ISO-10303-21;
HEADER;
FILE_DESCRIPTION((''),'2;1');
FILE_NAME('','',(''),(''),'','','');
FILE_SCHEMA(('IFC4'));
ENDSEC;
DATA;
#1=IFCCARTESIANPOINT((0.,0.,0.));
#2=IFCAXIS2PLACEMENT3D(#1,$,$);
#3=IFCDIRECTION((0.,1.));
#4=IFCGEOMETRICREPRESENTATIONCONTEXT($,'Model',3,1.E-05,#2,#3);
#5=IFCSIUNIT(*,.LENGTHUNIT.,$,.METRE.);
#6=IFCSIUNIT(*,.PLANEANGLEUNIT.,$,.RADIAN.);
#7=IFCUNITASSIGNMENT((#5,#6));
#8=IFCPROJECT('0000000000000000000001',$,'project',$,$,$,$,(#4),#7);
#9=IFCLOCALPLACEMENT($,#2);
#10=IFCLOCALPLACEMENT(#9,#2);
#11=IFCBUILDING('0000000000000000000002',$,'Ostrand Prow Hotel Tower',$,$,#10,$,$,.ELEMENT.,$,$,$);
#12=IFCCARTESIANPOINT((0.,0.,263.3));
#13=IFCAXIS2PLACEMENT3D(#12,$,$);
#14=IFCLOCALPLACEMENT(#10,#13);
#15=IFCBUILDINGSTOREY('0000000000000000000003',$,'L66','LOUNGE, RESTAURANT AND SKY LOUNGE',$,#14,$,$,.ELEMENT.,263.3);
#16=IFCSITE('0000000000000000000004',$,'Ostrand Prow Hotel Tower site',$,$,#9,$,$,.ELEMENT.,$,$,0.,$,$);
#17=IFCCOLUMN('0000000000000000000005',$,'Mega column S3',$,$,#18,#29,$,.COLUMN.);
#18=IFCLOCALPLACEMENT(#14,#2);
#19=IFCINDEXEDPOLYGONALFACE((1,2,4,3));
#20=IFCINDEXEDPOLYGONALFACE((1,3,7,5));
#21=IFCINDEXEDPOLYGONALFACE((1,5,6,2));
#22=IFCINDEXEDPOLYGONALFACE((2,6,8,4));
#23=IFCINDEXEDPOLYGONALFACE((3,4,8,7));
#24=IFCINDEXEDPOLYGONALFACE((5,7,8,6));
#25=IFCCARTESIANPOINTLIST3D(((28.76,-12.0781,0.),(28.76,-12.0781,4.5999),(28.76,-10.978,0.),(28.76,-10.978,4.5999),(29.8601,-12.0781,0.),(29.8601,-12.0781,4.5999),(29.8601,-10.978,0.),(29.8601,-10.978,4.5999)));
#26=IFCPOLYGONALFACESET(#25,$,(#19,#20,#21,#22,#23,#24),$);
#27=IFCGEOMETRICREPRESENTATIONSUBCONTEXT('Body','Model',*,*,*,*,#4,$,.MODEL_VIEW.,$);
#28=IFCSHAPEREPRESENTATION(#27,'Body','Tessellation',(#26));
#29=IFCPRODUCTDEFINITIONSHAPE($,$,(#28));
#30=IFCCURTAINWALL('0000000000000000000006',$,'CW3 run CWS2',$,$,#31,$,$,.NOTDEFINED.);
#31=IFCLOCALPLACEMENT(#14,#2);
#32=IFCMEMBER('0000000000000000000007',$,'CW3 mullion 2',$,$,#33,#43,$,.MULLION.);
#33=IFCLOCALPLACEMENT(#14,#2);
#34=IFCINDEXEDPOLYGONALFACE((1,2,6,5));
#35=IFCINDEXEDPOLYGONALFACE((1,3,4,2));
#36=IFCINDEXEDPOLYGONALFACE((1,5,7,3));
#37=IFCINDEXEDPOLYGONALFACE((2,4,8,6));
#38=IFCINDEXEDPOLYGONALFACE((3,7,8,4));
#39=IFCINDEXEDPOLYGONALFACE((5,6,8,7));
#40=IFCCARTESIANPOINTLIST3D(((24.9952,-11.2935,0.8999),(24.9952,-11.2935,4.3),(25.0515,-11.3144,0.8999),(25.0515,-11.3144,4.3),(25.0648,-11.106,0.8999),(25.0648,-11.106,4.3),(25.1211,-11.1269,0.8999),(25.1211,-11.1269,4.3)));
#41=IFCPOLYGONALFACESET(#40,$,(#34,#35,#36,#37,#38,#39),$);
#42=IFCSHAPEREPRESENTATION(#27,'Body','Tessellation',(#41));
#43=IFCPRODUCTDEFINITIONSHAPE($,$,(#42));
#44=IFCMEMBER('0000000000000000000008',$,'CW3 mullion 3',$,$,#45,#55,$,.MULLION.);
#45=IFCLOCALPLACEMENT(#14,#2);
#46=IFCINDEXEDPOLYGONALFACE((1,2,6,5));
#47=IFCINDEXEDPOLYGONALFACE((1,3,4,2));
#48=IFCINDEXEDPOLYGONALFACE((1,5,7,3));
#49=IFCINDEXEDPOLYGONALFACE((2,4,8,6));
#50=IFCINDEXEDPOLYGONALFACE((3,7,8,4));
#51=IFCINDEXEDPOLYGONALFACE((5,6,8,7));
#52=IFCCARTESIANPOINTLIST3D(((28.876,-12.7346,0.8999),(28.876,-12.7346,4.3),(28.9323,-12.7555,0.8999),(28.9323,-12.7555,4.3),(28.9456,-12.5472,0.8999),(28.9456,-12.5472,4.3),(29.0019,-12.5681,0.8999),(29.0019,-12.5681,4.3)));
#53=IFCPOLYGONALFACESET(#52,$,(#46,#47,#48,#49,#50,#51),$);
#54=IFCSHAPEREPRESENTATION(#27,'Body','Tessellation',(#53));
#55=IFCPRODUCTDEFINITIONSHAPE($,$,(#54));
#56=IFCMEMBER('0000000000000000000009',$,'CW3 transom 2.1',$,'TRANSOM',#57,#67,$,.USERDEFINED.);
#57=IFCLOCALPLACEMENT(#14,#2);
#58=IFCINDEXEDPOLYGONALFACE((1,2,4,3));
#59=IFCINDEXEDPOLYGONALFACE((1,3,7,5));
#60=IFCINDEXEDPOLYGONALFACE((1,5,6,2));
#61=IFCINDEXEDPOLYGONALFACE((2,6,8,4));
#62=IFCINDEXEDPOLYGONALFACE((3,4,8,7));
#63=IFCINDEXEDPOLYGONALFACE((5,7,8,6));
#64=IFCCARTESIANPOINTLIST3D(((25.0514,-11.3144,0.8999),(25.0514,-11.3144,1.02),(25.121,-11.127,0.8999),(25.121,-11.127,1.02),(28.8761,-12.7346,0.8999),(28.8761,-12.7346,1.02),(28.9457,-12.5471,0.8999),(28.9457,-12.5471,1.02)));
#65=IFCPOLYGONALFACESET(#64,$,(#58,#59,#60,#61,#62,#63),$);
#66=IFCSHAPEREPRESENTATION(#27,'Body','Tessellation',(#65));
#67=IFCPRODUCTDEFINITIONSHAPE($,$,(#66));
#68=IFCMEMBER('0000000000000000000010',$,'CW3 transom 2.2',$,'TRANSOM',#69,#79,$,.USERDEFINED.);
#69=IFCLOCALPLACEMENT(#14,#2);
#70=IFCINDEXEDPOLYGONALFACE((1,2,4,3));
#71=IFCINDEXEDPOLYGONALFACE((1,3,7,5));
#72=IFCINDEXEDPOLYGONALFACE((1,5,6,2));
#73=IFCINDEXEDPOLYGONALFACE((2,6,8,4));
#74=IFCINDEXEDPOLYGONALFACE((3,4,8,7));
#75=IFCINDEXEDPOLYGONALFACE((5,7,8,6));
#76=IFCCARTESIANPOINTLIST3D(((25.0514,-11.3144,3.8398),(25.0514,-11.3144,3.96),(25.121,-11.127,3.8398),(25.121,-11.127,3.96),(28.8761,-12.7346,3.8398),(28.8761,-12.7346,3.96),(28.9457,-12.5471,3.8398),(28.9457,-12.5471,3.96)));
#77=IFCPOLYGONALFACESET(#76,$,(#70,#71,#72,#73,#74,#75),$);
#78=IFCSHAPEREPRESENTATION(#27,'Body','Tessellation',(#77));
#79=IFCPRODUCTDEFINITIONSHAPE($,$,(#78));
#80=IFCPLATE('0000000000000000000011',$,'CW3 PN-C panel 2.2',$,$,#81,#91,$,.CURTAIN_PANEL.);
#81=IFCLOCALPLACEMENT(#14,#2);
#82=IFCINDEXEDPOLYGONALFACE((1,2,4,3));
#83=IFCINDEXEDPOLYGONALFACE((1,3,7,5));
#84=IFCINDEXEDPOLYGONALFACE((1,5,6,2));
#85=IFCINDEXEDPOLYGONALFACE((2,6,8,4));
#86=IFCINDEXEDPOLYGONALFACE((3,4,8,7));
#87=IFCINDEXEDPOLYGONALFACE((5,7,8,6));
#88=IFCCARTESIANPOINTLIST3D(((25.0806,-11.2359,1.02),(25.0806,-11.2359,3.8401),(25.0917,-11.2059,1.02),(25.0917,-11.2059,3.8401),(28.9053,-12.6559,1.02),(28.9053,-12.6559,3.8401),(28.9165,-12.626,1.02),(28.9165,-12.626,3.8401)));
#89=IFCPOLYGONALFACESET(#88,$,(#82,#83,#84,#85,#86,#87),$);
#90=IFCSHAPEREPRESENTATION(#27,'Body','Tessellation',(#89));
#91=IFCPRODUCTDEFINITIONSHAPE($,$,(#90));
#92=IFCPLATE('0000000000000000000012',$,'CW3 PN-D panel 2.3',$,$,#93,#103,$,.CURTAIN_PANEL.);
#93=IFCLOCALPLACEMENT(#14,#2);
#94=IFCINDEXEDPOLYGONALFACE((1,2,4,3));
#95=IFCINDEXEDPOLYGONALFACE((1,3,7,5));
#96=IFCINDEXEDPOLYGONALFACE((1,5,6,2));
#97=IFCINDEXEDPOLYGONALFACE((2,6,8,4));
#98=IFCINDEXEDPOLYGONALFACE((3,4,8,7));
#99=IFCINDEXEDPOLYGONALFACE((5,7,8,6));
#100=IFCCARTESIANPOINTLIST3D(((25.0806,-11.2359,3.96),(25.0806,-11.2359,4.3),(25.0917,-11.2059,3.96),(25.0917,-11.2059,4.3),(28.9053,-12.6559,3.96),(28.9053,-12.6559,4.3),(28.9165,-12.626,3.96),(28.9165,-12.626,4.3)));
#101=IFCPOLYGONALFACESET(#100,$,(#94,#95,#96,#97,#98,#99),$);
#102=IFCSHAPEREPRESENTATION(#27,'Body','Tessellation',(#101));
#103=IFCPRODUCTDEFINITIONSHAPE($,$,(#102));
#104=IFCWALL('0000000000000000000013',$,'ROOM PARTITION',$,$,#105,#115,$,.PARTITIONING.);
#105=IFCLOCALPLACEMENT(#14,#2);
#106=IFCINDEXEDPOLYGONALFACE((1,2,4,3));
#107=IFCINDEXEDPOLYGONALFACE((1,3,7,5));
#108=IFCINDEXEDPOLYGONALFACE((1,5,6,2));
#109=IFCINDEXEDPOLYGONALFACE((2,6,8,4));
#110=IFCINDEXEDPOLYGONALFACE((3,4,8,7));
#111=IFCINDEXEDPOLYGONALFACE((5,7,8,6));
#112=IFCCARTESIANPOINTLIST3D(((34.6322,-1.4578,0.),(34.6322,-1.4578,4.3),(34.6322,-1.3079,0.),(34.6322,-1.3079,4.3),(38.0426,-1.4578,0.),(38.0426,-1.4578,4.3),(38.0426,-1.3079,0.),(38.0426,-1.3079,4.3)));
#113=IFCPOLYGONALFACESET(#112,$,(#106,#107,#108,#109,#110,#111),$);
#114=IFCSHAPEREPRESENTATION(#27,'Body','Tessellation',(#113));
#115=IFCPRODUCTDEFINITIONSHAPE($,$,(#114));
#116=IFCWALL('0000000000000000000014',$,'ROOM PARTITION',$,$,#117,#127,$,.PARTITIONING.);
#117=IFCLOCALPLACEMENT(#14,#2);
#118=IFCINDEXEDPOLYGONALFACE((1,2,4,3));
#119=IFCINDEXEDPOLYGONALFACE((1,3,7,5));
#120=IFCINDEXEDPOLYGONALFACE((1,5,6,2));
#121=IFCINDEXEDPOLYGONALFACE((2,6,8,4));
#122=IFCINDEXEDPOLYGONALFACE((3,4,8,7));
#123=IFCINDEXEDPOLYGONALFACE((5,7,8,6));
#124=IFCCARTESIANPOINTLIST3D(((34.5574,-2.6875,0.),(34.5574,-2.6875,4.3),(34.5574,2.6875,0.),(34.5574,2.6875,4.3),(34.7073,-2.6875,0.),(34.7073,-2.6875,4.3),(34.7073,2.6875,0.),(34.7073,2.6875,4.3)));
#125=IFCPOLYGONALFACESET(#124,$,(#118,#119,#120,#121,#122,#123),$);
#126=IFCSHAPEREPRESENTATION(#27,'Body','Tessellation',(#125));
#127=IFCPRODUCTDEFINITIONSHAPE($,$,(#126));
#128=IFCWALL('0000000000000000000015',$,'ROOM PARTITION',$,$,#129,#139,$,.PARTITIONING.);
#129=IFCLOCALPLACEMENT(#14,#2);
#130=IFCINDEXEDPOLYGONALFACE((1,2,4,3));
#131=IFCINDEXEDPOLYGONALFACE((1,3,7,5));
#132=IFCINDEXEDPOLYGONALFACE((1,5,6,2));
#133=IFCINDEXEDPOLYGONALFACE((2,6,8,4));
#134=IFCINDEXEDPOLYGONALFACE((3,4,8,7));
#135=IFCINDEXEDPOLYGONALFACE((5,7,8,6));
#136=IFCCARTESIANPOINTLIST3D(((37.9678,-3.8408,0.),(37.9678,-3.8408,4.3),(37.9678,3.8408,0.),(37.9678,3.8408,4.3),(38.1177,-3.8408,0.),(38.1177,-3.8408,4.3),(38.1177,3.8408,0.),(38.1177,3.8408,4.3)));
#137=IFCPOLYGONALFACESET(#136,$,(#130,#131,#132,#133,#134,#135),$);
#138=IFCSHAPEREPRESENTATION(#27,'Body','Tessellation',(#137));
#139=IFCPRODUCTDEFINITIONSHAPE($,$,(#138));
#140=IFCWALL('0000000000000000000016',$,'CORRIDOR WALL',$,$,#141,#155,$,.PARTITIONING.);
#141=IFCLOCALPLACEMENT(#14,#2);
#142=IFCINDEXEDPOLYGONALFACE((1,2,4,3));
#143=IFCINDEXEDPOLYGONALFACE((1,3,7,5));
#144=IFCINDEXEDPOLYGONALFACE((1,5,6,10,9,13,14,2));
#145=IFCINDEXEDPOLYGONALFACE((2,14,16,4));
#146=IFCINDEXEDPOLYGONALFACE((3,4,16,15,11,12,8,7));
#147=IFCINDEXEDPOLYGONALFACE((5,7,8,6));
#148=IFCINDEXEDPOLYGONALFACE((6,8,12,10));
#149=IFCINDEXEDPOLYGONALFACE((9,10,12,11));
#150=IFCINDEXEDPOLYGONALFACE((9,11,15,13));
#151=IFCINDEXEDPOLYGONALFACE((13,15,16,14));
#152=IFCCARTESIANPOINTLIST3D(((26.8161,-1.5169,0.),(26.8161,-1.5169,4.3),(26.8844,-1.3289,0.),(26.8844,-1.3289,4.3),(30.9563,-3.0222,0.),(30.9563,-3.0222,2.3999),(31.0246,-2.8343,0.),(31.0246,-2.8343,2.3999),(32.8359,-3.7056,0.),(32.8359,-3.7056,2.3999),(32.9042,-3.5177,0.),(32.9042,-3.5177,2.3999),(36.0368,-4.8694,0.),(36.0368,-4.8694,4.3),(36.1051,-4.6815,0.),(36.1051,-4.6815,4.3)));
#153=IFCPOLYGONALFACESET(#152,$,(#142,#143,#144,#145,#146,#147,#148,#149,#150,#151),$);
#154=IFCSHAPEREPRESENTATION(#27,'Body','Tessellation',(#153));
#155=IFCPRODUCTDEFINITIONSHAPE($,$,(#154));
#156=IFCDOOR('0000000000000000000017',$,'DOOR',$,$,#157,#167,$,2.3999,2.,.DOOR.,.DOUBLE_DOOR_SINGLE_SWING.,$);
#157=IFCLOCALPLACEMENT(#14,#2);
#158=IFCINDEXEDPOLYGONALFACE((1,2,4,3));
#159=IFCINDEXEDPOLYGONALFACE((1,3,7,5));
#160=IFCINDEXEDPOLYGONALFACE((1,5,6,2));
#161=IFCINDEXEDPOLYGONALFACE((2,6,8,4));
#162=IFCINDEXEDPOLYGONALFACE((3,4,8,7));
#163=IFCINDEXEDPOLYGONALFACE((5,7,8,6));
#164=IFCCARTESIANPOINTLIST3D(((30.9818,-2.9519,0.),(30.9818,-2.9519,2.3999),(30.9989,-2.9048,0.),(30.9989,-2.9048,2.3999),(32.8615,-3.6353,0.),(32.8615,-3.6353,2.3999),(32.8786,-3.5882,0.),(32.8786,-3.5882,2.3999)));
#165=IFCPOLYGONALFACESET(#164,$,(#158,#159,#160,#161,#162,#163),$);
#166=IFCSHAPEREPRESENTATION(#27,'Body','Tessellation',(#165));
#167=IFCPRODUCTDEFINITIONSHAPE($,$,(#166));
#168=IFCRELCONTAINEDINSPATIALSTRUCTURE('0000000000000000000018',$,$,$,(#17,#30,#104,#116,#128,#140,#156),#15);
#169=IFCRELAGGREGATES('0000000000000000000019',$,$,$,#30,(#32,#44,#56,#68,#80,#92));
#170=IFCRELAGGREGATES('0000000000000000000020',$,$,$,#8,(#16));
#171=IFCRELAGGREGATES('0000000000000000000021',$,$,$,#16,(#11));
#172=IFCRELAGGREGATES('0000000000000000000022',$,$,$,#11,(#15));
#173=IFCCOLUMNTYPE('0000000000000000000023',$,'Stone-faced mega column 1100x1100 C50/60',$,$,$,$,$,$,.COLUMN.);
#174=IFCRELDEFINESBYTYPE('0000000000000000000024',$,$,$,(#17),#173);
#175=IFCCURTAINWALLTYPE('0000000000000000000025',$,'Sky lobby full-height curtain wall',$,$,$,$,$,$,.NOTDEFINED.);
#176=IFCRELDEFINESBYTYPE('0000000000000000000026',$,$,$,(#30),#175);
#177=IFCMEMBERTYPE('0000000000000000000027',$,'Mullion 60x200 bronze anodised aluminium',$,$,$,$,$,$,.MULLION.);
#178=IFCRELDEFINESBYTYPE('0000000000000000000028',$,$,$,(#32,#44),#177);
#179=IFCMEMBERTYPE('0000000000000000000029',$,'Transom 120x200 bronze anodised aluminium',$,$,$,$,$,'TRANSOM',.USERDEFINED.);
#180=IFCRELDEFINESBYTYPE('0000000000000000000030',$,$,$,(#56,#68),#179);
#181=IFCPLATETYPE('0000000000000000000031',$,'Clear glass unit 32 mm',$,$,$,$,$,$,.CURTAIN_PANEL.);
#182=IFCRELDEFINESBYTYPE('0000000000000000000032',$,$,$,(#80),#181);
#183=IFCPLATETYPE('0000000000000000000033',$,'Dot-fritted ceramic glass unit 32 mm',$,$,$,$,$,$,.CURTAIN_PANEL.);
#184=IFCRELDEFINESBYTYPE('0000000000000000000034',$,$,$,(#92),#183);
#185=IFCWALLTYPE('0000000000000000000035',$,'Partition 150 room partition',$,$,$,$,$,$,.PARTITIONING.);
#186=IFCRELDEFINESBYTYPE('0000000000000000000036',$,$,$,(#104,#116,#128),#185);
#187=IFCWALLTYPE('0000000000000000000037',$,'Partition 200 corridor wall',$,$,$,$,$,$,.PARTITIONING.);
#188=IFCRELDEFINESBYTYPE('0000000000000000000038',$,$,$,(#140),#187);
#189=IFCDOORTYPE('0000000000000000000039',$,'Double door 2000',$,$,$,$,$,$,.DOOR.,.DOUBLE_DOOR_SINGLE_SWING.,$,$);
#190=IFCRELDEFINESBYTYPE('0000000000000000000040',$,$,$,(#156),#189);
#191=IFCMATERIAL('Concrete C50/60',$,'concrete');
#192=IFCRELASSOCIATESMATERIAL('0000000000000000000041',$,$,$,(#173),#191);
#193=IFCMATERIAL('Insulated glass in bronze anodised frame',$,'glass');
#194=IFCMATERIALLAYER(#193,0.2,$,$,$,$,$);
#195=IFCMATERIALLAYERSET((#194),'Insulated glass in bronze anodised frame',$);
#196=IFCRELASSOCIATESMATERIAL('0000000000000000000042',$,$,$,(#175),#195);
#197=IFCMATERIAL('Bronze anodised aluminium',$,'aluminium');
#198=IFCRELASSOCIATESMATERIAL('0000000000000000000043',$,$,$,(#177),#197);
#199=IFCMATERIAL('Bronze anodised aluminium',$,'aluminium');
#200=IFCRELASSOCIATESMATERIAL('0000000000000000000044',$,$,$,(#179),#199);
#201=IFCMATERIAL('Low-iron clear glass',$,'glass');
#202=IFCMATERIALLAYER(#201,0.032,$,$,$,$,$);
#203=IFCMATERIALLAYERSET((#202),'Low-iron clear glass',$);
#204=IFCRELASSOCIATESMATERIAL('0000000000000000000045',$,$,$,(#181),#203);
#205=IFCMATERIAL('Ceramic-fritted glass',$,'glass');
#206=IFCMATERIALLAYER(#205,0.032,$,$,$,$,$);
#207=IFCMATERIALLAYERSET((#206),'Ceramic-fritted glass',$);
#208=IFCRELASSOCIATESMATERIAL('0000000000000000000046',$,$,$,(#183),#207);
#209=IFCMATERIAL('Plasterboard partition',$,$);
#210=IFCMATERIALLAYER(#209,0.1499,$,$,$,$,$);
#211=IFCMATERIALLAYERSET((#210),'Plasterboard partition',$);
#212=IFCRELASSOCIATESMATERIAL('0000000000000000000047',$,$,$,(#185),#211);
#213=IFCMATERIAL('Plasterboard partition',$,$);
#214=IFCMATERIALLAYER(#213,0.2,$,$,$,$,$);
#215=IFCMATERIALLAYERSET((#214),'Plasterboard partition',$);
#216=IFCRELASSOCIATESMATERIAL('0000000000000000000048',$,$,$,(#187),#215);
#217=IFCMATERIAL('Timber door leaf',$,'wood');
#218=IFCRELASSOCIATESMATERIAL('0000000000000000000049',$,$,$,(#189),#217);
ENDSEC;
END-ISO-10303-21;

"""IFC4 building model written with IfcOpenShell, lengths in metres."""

from ifc_helpers import new_model, si_unit, direction, frame, frame_2d, origin, origin_2d, place, context, subcontext, project, spatial, rectangle, extrude, material, layer, layer_set, material_profile, profile_set, type_object, element, fill, aggregate, save


model = new_model("IFC4")

# Units and contexts
model_context = context("Model", 3, precision=1e-05, world=origin(), true_north=direction((0.0, 1.0)))
body_context = subcontext(model_context, "Body", "Model", "MODEL_VIEW")
ifc_project = project(units=[si_unit("LENGTHUNIT", "METRE"), si_unit("PLANEANGLEUNIT", "RADIAN")], contexts=[model_context])

# Site, building, storey
site_placement = place(None, origin())
site = spatial("IfcSite", under=ifc_project, at=site_placement, Name="Ostrand Prow Hotel Tower site", CompositionType="ELEMENT", RefElevation=0.0)
building_placement = place(site_placement, origin())
building = spatial("IfcBuilding", under=site, at=building_placement, Name="Ostrand Prow Hotel Tower", CompositionType="ELEMENT")
storey_placement = place(building_placement, frame((0.0, 0.0, 263.3)))
storey = spatial("IfcBuildingStorey", under=building, at=storey_placement, Name="L66", Description="LOUNGE, RESTAURANT AND SKY LOUNGE", CompositionType="ELEMENT", Elevation=263.3)

# Column
ifc_material_1 = material(Name="Concrete C50/60", Category="concrete")
ifc_material_profile_1 = material_profile(ifc_material_1, rectangle(XDim=1.1001, YDim=1.1001, at=origin_2d()), Name="RC 1100x1100")
ifc_profile_set_1 = profile_set([ifc_material_profile_1], Name="Concrete C50/60")
column_type = type_object("IfcColumnType", Name="Stone-faced mega column 1100x1100 C50/60", PredefinedType="COLUMN", material=ifc_profile_set_1)
column_placement = place(storey_placement, frame((29.3101, -11.5281, 0.0), z_axis=(0.0, 0.0, 1.0), x_axis=(1.0, 0.0, 0.0)))
element("IfcColumn", 1, at=column_placement, inside=storey, type_object=column_type, Name="Mega column S3", PredefinedType="COLUMN", context=body_context, shape_type="SweptSolid", body=[
    extrude(rectangle(XDim=1.1001, YDim=1.1001, at=origin_2d()), origin(), (0.0, 0.0, 1.0), 4.5999),
])

# Curtain wall, members, plates
ifc_material_2 = material(Name="Insulated glass in bronze anodised frame", Category="glass")
ifc_layer_1 = layer(ifc_material_2, 0.2)
ifc_layer_set_1 = layer_set([ifc_layer_1], Name="Insulated glass in bronze anodised frame")
curtain_wall_type = type_object("IfcCurtainWallType", Name="Sky lobby full-height curtain wall", PredefinedType="NOTDEFINED", material=ifc_layer_set_1)
curtain_wall_placement = place(storey_placement, origin())
curtain_wall = element("IfcCurtainWall", 2, at=curtain_wall_placement, inside=storey, type_object=curtain_wall_type, Name="CW3 run CWS2", PredefinedType="NOTDEFINED")
ifc_material_3 = material(Name="Bronze anodised aluminium", Category="aluminium")
ifc_material_profile_2 = material_profile(ifc_material_3, rectangle(XDim=0.2, YDim=0.0601, at=origin_2d()), Name="Mullion 60x200 bronze anodised aluminium")
ifc_profile_set_2 = profile_set([ifc_material_profile_2], Name="Bronze anodised aluminium")
member_type_1 = type_object("IfcMemberType", Name="Mullion 60x200 bronze anodised aluminium", PredefinedType="MULLION", material=ifc_profile_set_2)
member_1_placement = place(storey_placement, frame((25.0581, -11.2102, 0.8999), z_axis=(0.0, 0.0, 1.0), x_axis=(0.348071, 0.937468, 0.0)))
member_1 = element("IfcMember", 3, at=member_1_placement, type_object=member_type_1, Name="CW3 mullion 2", PredefinedType="MULLION", context=body_context, shape_type="SweptSolid", body=[
    extrude(rectangle(XDim=0.2, YDim=0.0601, at=origin_2d()), origin(), (0.0, 0.0, 1.0), 3.4001),
])
member_2_placement = place(storey_placement, frame((28.939, -12.6514, 0.8999), z_axis=(0.0, 0.0, 1.0), x_axis=(0.348071, 0.937468, 0.0)))
member_2 = element("IfcMember", 4, at=member_2_placement, type_object=member_type_1, Name="CW3 mullion 3", PredefinedType="MULLION", context=body_context, shape_type="SweptSolid", body=[
    extrude(rectangle(XDim=0.2, YDim=0.0601, at=origin_2d()), origin(), (0.0, 0.0, 1.0), 3.4001),
])
ifc_material_4 = material(Name="Bronze anodised aluminium", Category="aluminium")
ifc_material_profile_3 = material_profile(ifc_material_4, rectangle(XDim=0.2, YDim=0.1201, at=origin_2d()), Name="Transom 120x200 bronze anodised aluminium")
ifc_profile_set_3 = profile_set([ifc_material_profile_3], Name="Bronze anodised aluminium")
member_type_2 = type_object("IfcMemberType", Name="Transom 120x200 bronze anodised aluminium", ElementType="TRANSOM", PredefinedType="USERDEFINED", material=ifc_profile_set_3)
member_3_placement = place(storey_placement, frame((25.0862, -11.2207, 0.96), z_axis=(0.93746, -0.348092, 0.0), x_axis=(0.348092, 0.93746, 0.0)))
member_3 = element("IfcMember", 5, at=member_3_placement, type_object=member_type_2, Name="CW3 transom 2.1", ObjectType="TRANSOM", PredefinedType="USERDEFINED", context=body_context, shape_type="SweptSolid", body=[
    extrude(rectangle(XDim=0.2, YDim=0.1201, at=origin_2d()), origin(), (0.0, 0.0, 1.0), 4.0798),
])
member_4_placement = place(storey_placement, frame((25.0862, -11.2207, 3.8999), z_axis=(0.93746, -0.348092, 0.0), x_axis=(0.348092, 0.93746, 0.0)))
member_4 = element("IfcMember", 6, at=member_4_placement, type_object=member_type_2, Name="CW3 transom 2.2", ObjectType="TRANSOM", PredefinedType="USERDEFINED", context=body_context, shape_type="SweptSolid", body=[
    extrude(rectangle(XDim=0.2, YDim=0.1201, at=origin_2d()), origin(), (0.0, 0.0, 1.0), 4.0798),
])
ifc_material_5 = material(Name="Low-iron clear glass", Category="glass")
ifc_layer_2 = layer(ifc_material_5, 0.032)
ifc_layer_set_2 = layer_set([ifc_layer_2], Name="Low-iron clear glass")
plate_type_1 = type_object("IfcPlateType", Name="Clear glass unit 32 mm", PredefinedType="CURTAIN_PANEL", material=ifc_layer_set_2)
plate_1_placement = place(storey_placement, frame((26.9985, -11.9309, 1.02), z_axis=(0.0, 0.0, 1.0), x_axis=(0.937468, -0.348071, 0.0)))
plate_1 = element("IfcPlate", 7, at=plate_1_placement, type_object=plate_type_1, Name="CW3 PN-C panel 2.2", PredefinedType="CURTAIN_PANEL", context=body_context, shape_type="SweptSolid", body=[
    extrude(rectangle(XDim=4.0798, YDim=0.032, at=origin_2d()), origin(), (0.0, 0.0, 1.0), 2.8201),
])
ifc_material_6 = material(Name="Ceramic-fritted glass", Category="glass")
ifc_layer_3 = layer(ifc_material_6, 0.032)
ifc_layer_set_3 = layer_set([ifc_layer_3], Name="Ceramic-fritted glass")
plate_type_2 = type_object("IfcPlateType", Name="Dot-fritted ceramic glass unit 32 mm", PredefinedType="CURTAIN_PANEL", material=ifc_layer_set_3)
plate_2_placement = place(storey_placement, frame((26.9985, -11.9309, 3.96), z_axis=(0.0, 0.0, 1.0), x_axis=(0.937468, -0.348071, 0.0)))
plate_2 = element("IfcPlate", 8, at=plate_2_placement, type_object=plate_type_2, Name="CW3 PN-D panel 2.3", PredefinedType="CURTAIN_PANEL", context=body_context, shape_type="SweptSolid", body=[
    extrude(rectangle(XDim=4.0798, YDim=0.032, at=origin_2d()), origin(), (0.0, 0.0, 1.0), 0.3401),
])
aggregate(curtain_wall, [member_1, member_2, member_3, member_4, plate_1, plate_2])

# Walls
ifc_material_7 = material(Name="Plasterboard partition")
ifc_layer_4 = layer(ifc_material_7, 0.1499)
ifc_layer_set_4 = layer_set([ifc_layer_4], Name="Plasterboard partition")
wall_type_1 = type_object("IfcWallType", Name="Partition 150 room partition", PredefinedType="PARTITIONING", material=ifc_layer_set_4)
wall_1_placement = place(storey_placement, frame((34.6323, -1.3828, 0.0), z_axis=(0.0, 0.0, 1.0), x_axis=(1.0, 0.0, 0.0)))
element("IfcWall", 9, at=wall_1_placement, inside=storey, type_object=wall_type_1, Name="ROOM PARTITION", PredefinedType="PARTITIONING", context=body_context, shape_type="SweptSolid", body=[
    extrude(rectangle(XDim=3.4104, YDim=0.1499, at=frame_2d((1.7051, 0.0))), origin(), (0.0, 0.0, 1.0), 4.3),
])
wall_2_placement = place(storey_placement, frame((34.6323, -2.6875, 0.0), z_axis=(0.0, 0.0, 1.0), x_axis=(0.0, 1.0, 0.0)))
element("IfcWall", 10, at=wall_2_placement, inside=storey, type_object=wall_type_1, Name="ROOM PARTITION", PredefinedType="PARTITIONING", context=body_context, shape_type="SweptSolid", body=[
    extrude(rectangle(XDim=5.375, YDim=0.1499, at=frame_2d((2.6875, 0.0))), origin(), (0.0, 0.0, 1.0), 4.3),
])
wall_3_placement = place(storey_placement, frame((38.0427, -3.8408, 0.0), z_axis=(0.0, 0.0, 1.0), x_axis=(0.0, 1.0, 0.0)))
element("IfcWall", 11, at=wall_3_placement, inside=storey, type_object=wall_type_1, Name="ROOM PARTITION", PredefinedType="PARTITIONING", context=body_context, shape_type="SweptSolid", body=[
    extrude(rectangle(XDim=7.6816, YDim=0.1499, at=frame_2d((3.8408, 0.0))), origin(), (0.0, 0.0, 1.0), 4.3),
])

# Wall, opening, door
ifc_material_8 = material(Name="Plasterboard partition")
ifc_layer_5 = layer(ifc_material_8, 0.2)
ifc_layer_set_5 = layer_set([ifc_layer_5], Name="Plasterboard partition")
wall_type_2 = type_object("IfcWallType", Name="Partition 200 corridor wall", PredefinedType="PARTITIONING", material=ifc_layer_set_5)
wall_4_placement = place(storey_placement, frame((26.8501, -1.4229, 0.0), z_axis=(0.0, 0.0, 1.0), x_axis=(0.939808, -0.341703, 0.0)))
wall_4 = element("IfcWall", 12, at=wall_4_placement, inside=storey, type_object=wall_type_2, Name="CORRIDOR WALL", PredefinedType="PARTITIONING", context=body_context, shape_type="SweptSolid", body=[
    extrude(rectangle(XDim=9.8113, YDim=0.2, at=frame_2d((4.9058, 0.0))), origin(), (0.0, 0.0, 1.0), 4.3),
])
opening_1_placement = place(wall_4_placement, frame((4.4055, 0.0, 0.0)))
opening_1 = element("IfcOpeningElement", 13, at=opening_1_placement, cuts=wall_4, PredefinedType="OPENING", context=body_context, shape_type="SweptSolid", body=[
    extrude(rectangle(XDim=2.0, YDim=2.3999, at=frame_2d((1.0, 1.2))), frame((0.0, 0.1099, 0.0), z_axis=(0.0, -1.0, 0.0), x_axis=(1.0, 0.0, 0.0)), (0.0, 0.0, 1.0), 0.22),
])
ifc_material_9 = material(Name="Timber door leaf", Category="wood")
door_type_1 = type_object("IfcDoorType", Name="Double door 2000", OperationType="DOUBLE_DOOR_SINGLE_SWING", PredefinedType="DOOR", material=ifc_material_9)
door_1_placement = place(opening_1_placement, origin())
door_1 = element("IfcDoor", 14, at=door_1_placement, inside=storey, type_object=door_type_1, Name="DOOR", OperationType="DOUBLE_DOOR_SINGLE_SWING", OverallHeight=2.3999, OverallWidth=2.0, PredefinedType="DOOR", context=body_context, shape_type="SweptSolid", body=[
    extrude(rectangle(XDim=2.0, YDim=2.3999, at=frame_2d((1.0, 1.2))), frame((0.0, 0.0249, 0.0), z_axis=(0.0, -1.0, 0.0), x_axis=(1.0, 0.0, 0.0)), (0.0, 0.0, 1.0), 0.05),
])
fill(opening_1, door_1)

save(model, "model.ifc")
